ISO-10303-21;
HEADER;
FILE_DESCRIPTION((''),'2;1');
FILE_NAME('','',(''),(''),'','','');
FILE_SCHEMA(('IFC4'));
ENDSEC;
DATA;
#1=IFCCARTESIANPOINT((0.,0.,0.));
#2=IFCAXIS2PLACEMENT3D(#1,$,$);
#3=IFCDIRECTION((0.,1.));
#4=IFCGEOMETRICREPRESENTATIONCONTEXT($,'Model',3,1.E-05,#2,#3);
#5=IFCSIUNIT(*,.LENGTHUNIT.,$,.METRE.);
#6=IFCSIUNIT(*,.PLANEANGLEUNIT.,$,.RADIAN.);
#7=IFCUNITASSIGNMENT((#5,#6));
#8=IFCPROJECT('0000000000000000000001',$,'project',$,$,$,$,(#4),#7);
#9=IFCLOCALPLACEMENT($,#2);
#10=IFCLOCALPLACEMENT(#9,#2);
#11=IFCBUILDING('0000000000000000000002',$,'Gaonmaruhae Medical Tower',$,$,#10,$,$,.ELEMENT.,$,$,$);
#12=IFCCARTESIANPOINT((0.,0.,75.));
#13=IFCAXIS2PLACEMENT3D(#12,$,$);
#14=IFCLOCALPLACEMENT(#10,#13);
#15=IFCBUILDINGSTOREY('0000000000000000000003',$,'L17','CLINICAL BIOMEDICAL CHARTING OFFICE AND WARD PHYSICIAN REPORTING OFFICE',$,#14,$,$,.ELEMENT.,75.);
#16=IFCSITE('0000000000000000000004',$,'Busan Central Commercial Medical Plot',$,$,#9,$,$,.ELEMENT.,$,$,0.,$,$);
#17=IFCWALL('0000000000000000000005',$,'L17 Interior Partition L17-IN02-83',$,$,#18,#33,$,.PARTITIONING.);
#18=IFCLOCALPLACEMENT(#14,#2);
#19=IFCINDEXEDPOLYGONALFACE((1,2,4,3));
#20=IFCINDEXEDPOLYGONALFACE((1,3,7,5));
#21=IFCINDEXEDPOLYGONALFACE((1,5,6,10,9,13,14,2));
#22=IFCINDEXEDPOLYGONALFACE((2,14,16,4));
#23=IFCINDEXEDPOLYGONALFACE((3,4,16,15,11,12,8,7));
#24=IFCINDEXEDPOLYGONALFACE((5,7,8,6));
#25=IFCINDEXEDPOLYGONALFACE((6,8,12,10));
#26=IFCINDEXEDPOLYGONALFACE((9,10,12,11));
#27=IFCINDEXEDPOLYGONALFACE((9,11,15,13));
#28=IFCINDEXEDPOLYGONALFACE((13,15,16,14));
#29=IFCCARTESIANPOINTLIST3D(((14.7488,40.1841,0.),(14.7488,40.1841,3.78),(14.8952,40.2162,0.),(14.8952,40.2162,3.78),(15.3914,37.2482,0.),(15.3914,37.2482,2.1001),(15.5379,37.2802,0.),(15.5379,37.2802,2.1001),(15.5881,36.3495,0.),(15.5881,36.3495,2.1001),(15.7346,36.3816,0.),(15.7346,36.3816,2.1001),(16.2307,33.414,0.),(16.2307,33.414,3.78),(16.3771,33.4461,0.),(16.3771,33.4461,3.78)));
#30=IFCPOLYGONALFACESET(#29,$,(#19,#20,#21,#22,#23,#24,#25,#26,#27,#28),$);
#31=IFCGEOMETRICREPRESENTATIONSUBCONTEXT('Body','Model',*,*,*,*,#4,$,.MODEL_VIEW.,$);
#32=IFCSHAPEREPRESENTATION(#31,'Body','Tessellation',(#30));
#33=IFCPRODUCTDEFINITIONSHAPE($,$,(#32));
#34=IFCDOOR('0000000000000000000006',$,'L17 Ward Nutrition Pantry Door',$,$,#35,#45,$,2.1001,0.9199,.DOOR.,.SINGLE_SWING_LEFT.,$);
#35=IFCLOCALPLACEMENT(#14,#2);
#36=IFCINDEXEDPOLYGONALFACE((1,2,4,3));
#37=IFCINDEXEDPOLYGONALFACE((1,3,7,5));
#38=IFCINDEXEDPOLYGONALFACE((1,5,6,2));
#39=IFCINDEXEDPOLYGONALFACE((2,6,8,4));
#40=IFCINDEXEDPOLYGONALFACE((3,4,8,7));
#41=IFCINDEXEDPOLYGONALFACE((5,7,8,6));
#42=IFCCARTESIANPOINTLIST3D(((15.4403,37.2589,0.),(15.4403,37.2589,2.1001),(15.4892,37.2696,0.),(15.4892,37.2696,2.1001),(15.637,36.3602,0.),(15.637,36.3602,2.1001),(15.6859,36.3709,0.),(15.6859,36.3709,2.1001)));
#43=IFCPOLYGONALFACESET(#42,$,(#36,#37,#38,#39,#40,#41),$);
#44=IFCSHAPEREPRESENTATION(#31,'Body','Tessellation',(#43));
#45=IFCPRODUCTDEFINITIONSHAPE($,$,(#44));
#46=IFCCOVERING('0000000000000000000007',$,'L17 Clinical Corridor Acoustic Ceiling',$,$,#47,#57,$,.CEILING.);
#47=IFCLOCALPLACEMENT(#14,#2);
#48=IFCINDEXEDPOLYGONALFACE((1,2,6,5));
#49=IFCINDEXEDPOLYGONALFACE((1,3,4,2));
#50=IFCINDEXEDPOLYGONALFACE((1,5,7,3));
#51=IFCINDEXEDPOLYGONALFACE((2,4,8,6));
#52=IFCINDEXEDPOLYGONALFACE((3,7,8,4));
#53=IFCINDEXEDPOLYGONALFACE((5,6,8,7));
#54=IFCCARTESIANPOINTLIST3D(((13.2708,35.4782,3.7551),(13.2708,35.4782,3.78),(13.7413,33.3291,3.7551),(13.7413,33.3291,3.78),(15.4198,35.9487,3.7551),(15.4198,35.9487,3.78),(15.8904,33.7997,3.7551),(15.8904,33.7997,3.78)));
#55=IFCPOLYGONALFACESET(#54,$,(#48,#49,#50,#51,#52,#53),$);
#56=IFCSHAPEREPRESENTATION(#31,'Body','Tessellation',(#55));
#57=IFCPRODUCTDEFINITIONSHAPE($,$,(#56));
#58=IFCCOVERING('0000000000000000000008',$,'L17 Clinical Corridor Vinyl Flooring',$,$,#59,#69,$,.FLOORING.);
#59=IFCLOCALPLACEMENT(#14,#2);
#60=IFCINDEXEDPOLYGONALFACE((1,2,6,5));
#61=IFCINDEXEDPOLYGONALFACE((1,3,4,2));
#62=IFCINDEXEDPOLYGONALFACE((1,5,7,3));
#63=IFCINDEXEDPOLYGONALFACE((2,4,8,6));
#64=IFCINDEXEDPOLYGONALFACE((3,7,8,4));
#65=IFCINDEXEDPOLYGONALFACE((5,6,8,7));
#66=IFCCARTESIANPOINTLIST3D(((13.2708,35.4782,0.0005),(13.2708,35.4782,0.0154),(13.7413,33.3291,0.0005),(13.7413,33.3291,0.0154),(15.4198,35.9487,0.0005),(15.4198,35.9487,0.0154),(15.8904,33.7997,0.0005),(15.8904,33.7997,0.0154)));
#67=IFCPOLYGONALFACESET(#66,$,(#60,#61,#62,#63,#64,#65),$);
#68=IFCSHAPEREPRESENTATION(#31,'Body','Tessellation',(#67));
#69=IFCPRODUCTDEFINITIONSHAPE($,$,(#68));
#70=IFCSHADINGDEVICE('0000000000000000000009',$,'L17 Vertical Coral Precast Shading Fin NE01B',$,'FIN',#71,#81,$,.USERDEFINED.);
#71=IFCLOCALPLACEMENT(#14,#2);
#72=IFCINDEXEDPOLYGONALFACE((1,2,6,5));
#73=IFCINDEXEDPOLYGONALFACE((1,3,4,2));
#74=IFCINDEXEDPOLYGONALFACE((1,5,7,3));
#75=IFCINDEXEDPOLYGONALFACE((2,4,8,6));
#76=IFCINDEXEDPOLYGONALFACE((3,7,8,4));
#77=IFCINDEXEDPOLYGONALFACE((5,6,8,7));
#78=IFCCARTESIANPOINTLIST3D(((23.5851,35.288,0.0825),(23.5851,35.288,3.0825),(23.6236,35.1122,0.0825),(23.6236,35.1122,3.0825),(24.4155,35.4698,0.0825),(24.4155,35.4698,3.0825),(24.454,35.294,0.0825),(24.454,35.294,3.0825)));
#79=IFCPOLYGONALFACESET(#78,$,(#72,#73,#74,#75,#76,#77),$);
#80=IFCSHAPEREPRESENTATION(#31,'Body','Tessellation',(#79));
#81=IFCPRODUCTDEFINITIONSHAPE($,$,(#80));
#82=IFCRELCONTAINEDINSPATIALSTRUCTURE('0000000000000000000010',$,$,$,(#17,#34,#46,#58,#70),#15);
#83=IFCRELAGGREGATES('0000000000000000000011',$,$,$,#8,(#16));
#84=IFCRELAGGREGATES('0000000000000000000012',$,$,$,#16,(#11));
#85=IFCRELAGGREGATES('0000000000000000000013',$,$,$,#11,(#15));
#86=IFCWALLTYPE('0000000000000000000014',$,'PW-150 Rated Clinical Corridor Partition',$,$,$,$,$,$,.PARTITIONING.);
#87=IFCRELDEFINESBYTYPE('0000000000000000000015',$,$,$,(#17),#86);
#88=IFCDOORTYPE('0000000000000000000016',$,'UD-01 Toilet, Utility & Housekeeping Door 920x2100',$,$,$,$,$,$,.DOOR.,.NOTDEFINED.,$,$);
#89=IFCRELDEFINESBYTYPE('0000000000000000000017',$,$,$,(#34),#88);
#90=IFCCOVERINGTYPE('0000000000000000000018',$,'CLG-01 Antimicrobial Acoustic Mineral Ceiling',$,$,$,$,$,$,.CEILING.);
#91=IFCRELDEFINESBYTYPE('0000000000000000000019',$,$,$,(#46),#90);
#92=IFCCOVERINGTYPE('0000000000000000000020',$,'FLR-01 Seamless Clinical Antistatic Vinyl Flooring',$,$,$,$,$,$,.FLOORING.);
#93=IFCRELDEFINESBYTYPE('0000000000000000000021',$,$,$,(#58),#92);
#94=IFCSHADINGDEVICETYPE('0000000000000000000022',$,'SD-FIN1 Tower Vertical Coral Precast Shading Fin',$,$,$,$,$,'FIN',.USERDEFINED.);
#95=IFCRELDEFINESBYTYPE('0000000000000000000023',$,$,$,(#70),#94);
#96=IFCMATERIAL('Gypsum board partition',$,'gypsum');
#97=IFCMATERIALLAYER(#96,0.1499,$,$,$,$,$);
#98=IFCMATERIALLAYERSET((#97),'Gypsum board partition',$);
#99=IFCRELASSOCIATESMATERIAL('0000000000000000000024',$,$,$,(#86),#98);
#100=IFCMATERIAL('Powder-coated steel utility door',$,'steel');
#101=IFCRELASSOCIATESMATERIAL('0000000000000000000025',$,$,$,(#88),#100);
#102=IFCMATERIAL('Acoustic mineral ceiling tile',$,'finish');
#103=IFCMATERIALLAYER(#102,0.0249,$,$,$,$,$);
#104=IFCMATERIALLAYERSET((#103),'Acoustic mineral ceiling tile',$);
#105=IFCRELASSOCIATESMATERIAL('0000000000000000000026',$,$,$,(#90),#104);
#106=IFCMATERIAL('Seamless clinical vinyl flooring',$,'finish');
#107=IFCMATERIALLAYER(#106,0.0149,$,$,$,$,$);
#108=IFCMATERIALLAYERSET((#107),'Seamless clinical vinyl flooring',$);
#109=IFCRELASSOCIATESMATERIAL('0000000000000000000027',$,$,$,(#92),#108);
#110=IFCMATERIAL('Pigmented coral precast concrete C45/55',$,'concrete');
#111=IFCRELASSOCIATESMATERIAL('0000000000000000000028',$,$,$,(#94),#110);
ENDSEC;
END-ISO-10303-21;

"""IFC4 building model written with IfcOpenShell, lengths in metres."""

from ifc_helpers import new_model, si_unit, direction, frame, frame_2d, origin, origin_2d, place, context, subcontext, project, spatial, rectangle, extrude, material, layer, layer_set, type_object, element, fill, save


model = new_model("IFC4")

# Units and contexts
model_context = context("Model", 3, precision=1e-05, world=origin(), true_north=direction((0.0, 1.0)))
body_context = subcontext(model_context, "Body", "Model", "MODEL_VIEW")
ifc_project = project(units=[si_unit("LENGTHUNIT", "METRE"), si_unit("PLANEANGLEUNIT", "RADIAN")], contexts=[model_context])

# Site, building, storey
site_placement = place(None, origin())
site = spatial("IfcSite", under=ifc_project, at=site_placement, Name="Busan Central Commercial Medical Plot", CompositionType="ELEMENT", RefElevation=0.0)
building_placement = place(site_placement, origin())
building = spatial("IfcBuilding", under=site, at=building_placement, Name="Gaonmaruhae Medical Tower", CompositionType="ELEMENT")
storey_placement = place(building_placement, frame((0.0, 0.0, 75.0)))
storey = spatial("IfcBuildingStorey", under=building, at=storey_placement, Name="L17", Description="CLINICAL BIOMEDICAL CHARTING OFFICE AND WARD PHYSICIAN REPORTING OFFICE", CompositionType="ELEMENT", Elevation=75.0)

# Shared definitions
ifc_material_1 = material(Name="Gypsum board partition", Category="gypsum")
ifc_layer_1 = layer(ifc_material_1, 0.1499)
ifc_layer_set_1 = layer_set([ifc_layer_1], Name="Gypsum board partition")
wall_type_1 = type_object("IfcWallType", Name="PW-150 Rated Clinical Corridor Partition", PredefinedType="PARTITIONING", material=ifc_layer_set_1)

# Wall, opening, door
wall_1_placement = place(storey_placement, frame((16.304, 33.4299, 0.0), z_axis=(0.0, 0.0, 1.0), x_axis=(-0.213833, 0.97687, 0.0)))
wall_1 = element("IfcWall", 1, at=wall_1_placement, inside=storey, type_object=wall_type_1, Name="L17 Interior Partition L17-IN02-83", PredefinedType="PARTITIONING", context=body_context, shape_type="SweptSolid", body=[
    extrude(rectangle(XDim=6.9304, YDim=0.1499, at=frame_2d((3.4653, 0.0))), origin(), (0.0, 0.0, 1.0), 3.78),
])
opening_1_placement = place(wall_1_placement, frame((3.0051, 0.0, 0.0)))
opening_1 = element("IfcOpeningElement", 2, at=opening_1_placement, cuts=wall_1, PredefinedType="OPENING", context=body_context, shape_type="SweptSolid", body=[
    extrude(rectangle(XDim=0.9199, YDim=2.1001, at=frame_2d((0.46, 1.05))), frame((0.0, 0.085, 0.0), z_axis=(0.0, -1.0, 0.0), x_axis=(1.0, 0.0, 0.0)), (0.0, 0.0, 1.0), 0.1699),
])
ifc_material_2 = material(Name="Powder-coated steel utility door", Category="steel")
door_type_1 = type_object("IfcDoorType", Name="UD-01 Toilet, Utility & Housekeeping Door 920x2100", OperationType="NOTDEFINED", PredefinedType="DOOR", material=ifc_material_2)
door_1_placement = place(opening_1_placement, origin())
door_1 = element("IfcDoor", 3, at=door_1_placement, inside=storey, type_object=door_type_1, Name="L17 Ward Nutrition Pantry Door", OperationType="SINGLE_SWING_LEFT", OverallHeight=2.1001, OverallWidth=0.9199, PredefinedType="DOOR", context=body_context, shape_type="SweptSolid", body=[
    extrude(rectangle(XDim=0.9199, YDim=2.1001, at=frame_2d((0.46, 1.05))), frame((0.0, 0.0249, 0.0), z_axis=(0.0, -1.0, 0.0), x_axis=(1.0, 0.0, 0.0)), (0.0, 0.0, 1.0), 0.05),
])
fill(opening_1, door_1)

# Coverings
ifc_material_3 = material(Name="Acoustic mineral ceiling tile", Category="finish")
ifc_layer_2 = layer(ifc_material_3, 0.0249)
ifc_layer_set_2 = layer_set([ifc_layer_2], Name="Acoustic mineral ceiling tile")
covering_type_1 = type_object("IfcCoveringType", Name="CLG-01 Antimicrobial Acoustic Mineral Ceiling", PredefinedType="CEILING", material=ifc_layer_set_2)
covering_1_placement = place(storey_placement, frame((14.5806, 34.6389, 3.7551), z_axis=(0.0, 0.0, 1.0), x_axis=(0.976859, 0.213883, 0.0)))
element("IfcCovering", 4, at=covering_1_placement, inside=storey, type_object=covering_type_1, Name="L17 Clinical Corridor Acoustic Ceiling", PredefinedType="CEILING", context=body_context, shape_type="SweptSolid", body=[
    extrude(rectangle(XDim=2.2, YDim=2.2, at=origin_2d()), origin(), (0.0, 0.0, 1.0), 0.0249),
])
ifc_material_4 = material(Name="Seamless clinical vinyl flooring", Category="finish")
ifc_layer_3 = layer(ifc_material_4, 0.0149)
ifc_layer_set_3 = layer_set([ifc_layer_3], Name="Seamless clinical vinyl flooring")
covering_type_2 = type_object("IfcCoveringType", Name="FLR-01 Seamless Clinical Antistatic Vinyl Flooring", PredefinedType="FLOORING", material=ifc_layer_set_3)
covering_2_placement = place(storey_placement, frame((14.5806, 34.6389, 0.0005), z_axis=(0.0, 0.0, 1.0), x_axis=(0.976859, 0.213883, 0.0)))
element("IfcCovering", 5, at=covering_2_placement, inside=storey, type_object=covering_type_2, Name="L17 Clinical Corridor Vinyl Flooring", PredefinedType="FLOORING", context=body_context, shape_type="SweptSolid", body=[
    extrude(rectangle(XDim=2.2, YDim=2.2, at=origin_2d()), origin(), (0.0, 0.0, 1.0), 0.0149),
])

# Shading device
ifc_material_5 = material(Name="Pigmented coral precast concrete C45/55", Category="concrete")
shading_device_type = type_object("IfcShadingDeviceType", Name="SD-FIN1 Tower Vertical Coral Precast Shading Fin", ElementType="FIN", PredefinedType="USERDEFINED", material=ifc_material_5)
shading_device_placement = place(storey_placement, frame((24.0195, 35.291, 0.0825), z_axis=(0.0, 0.0, 1.0), x_axis=(-0.213883, 0.976859, 0.0)))
element("IfcShadingDevice", 6, at=shading_device_placement, inside=storey, type_object=shading_device_type, Name="L17 Vertical Coral Precast Shading Fin NE01B", ObjectType="FIN", PredefinedType="USERDEFINED", context=body_context, shape_type="SweptSolid", body=[
    extrude(rectangle(XDim=0.1799, YDim=0.8501, at=origin_2d()), origin(), (0.0, 0.0, 1.0), 3.0),
])

save(model, "model.ifc")
